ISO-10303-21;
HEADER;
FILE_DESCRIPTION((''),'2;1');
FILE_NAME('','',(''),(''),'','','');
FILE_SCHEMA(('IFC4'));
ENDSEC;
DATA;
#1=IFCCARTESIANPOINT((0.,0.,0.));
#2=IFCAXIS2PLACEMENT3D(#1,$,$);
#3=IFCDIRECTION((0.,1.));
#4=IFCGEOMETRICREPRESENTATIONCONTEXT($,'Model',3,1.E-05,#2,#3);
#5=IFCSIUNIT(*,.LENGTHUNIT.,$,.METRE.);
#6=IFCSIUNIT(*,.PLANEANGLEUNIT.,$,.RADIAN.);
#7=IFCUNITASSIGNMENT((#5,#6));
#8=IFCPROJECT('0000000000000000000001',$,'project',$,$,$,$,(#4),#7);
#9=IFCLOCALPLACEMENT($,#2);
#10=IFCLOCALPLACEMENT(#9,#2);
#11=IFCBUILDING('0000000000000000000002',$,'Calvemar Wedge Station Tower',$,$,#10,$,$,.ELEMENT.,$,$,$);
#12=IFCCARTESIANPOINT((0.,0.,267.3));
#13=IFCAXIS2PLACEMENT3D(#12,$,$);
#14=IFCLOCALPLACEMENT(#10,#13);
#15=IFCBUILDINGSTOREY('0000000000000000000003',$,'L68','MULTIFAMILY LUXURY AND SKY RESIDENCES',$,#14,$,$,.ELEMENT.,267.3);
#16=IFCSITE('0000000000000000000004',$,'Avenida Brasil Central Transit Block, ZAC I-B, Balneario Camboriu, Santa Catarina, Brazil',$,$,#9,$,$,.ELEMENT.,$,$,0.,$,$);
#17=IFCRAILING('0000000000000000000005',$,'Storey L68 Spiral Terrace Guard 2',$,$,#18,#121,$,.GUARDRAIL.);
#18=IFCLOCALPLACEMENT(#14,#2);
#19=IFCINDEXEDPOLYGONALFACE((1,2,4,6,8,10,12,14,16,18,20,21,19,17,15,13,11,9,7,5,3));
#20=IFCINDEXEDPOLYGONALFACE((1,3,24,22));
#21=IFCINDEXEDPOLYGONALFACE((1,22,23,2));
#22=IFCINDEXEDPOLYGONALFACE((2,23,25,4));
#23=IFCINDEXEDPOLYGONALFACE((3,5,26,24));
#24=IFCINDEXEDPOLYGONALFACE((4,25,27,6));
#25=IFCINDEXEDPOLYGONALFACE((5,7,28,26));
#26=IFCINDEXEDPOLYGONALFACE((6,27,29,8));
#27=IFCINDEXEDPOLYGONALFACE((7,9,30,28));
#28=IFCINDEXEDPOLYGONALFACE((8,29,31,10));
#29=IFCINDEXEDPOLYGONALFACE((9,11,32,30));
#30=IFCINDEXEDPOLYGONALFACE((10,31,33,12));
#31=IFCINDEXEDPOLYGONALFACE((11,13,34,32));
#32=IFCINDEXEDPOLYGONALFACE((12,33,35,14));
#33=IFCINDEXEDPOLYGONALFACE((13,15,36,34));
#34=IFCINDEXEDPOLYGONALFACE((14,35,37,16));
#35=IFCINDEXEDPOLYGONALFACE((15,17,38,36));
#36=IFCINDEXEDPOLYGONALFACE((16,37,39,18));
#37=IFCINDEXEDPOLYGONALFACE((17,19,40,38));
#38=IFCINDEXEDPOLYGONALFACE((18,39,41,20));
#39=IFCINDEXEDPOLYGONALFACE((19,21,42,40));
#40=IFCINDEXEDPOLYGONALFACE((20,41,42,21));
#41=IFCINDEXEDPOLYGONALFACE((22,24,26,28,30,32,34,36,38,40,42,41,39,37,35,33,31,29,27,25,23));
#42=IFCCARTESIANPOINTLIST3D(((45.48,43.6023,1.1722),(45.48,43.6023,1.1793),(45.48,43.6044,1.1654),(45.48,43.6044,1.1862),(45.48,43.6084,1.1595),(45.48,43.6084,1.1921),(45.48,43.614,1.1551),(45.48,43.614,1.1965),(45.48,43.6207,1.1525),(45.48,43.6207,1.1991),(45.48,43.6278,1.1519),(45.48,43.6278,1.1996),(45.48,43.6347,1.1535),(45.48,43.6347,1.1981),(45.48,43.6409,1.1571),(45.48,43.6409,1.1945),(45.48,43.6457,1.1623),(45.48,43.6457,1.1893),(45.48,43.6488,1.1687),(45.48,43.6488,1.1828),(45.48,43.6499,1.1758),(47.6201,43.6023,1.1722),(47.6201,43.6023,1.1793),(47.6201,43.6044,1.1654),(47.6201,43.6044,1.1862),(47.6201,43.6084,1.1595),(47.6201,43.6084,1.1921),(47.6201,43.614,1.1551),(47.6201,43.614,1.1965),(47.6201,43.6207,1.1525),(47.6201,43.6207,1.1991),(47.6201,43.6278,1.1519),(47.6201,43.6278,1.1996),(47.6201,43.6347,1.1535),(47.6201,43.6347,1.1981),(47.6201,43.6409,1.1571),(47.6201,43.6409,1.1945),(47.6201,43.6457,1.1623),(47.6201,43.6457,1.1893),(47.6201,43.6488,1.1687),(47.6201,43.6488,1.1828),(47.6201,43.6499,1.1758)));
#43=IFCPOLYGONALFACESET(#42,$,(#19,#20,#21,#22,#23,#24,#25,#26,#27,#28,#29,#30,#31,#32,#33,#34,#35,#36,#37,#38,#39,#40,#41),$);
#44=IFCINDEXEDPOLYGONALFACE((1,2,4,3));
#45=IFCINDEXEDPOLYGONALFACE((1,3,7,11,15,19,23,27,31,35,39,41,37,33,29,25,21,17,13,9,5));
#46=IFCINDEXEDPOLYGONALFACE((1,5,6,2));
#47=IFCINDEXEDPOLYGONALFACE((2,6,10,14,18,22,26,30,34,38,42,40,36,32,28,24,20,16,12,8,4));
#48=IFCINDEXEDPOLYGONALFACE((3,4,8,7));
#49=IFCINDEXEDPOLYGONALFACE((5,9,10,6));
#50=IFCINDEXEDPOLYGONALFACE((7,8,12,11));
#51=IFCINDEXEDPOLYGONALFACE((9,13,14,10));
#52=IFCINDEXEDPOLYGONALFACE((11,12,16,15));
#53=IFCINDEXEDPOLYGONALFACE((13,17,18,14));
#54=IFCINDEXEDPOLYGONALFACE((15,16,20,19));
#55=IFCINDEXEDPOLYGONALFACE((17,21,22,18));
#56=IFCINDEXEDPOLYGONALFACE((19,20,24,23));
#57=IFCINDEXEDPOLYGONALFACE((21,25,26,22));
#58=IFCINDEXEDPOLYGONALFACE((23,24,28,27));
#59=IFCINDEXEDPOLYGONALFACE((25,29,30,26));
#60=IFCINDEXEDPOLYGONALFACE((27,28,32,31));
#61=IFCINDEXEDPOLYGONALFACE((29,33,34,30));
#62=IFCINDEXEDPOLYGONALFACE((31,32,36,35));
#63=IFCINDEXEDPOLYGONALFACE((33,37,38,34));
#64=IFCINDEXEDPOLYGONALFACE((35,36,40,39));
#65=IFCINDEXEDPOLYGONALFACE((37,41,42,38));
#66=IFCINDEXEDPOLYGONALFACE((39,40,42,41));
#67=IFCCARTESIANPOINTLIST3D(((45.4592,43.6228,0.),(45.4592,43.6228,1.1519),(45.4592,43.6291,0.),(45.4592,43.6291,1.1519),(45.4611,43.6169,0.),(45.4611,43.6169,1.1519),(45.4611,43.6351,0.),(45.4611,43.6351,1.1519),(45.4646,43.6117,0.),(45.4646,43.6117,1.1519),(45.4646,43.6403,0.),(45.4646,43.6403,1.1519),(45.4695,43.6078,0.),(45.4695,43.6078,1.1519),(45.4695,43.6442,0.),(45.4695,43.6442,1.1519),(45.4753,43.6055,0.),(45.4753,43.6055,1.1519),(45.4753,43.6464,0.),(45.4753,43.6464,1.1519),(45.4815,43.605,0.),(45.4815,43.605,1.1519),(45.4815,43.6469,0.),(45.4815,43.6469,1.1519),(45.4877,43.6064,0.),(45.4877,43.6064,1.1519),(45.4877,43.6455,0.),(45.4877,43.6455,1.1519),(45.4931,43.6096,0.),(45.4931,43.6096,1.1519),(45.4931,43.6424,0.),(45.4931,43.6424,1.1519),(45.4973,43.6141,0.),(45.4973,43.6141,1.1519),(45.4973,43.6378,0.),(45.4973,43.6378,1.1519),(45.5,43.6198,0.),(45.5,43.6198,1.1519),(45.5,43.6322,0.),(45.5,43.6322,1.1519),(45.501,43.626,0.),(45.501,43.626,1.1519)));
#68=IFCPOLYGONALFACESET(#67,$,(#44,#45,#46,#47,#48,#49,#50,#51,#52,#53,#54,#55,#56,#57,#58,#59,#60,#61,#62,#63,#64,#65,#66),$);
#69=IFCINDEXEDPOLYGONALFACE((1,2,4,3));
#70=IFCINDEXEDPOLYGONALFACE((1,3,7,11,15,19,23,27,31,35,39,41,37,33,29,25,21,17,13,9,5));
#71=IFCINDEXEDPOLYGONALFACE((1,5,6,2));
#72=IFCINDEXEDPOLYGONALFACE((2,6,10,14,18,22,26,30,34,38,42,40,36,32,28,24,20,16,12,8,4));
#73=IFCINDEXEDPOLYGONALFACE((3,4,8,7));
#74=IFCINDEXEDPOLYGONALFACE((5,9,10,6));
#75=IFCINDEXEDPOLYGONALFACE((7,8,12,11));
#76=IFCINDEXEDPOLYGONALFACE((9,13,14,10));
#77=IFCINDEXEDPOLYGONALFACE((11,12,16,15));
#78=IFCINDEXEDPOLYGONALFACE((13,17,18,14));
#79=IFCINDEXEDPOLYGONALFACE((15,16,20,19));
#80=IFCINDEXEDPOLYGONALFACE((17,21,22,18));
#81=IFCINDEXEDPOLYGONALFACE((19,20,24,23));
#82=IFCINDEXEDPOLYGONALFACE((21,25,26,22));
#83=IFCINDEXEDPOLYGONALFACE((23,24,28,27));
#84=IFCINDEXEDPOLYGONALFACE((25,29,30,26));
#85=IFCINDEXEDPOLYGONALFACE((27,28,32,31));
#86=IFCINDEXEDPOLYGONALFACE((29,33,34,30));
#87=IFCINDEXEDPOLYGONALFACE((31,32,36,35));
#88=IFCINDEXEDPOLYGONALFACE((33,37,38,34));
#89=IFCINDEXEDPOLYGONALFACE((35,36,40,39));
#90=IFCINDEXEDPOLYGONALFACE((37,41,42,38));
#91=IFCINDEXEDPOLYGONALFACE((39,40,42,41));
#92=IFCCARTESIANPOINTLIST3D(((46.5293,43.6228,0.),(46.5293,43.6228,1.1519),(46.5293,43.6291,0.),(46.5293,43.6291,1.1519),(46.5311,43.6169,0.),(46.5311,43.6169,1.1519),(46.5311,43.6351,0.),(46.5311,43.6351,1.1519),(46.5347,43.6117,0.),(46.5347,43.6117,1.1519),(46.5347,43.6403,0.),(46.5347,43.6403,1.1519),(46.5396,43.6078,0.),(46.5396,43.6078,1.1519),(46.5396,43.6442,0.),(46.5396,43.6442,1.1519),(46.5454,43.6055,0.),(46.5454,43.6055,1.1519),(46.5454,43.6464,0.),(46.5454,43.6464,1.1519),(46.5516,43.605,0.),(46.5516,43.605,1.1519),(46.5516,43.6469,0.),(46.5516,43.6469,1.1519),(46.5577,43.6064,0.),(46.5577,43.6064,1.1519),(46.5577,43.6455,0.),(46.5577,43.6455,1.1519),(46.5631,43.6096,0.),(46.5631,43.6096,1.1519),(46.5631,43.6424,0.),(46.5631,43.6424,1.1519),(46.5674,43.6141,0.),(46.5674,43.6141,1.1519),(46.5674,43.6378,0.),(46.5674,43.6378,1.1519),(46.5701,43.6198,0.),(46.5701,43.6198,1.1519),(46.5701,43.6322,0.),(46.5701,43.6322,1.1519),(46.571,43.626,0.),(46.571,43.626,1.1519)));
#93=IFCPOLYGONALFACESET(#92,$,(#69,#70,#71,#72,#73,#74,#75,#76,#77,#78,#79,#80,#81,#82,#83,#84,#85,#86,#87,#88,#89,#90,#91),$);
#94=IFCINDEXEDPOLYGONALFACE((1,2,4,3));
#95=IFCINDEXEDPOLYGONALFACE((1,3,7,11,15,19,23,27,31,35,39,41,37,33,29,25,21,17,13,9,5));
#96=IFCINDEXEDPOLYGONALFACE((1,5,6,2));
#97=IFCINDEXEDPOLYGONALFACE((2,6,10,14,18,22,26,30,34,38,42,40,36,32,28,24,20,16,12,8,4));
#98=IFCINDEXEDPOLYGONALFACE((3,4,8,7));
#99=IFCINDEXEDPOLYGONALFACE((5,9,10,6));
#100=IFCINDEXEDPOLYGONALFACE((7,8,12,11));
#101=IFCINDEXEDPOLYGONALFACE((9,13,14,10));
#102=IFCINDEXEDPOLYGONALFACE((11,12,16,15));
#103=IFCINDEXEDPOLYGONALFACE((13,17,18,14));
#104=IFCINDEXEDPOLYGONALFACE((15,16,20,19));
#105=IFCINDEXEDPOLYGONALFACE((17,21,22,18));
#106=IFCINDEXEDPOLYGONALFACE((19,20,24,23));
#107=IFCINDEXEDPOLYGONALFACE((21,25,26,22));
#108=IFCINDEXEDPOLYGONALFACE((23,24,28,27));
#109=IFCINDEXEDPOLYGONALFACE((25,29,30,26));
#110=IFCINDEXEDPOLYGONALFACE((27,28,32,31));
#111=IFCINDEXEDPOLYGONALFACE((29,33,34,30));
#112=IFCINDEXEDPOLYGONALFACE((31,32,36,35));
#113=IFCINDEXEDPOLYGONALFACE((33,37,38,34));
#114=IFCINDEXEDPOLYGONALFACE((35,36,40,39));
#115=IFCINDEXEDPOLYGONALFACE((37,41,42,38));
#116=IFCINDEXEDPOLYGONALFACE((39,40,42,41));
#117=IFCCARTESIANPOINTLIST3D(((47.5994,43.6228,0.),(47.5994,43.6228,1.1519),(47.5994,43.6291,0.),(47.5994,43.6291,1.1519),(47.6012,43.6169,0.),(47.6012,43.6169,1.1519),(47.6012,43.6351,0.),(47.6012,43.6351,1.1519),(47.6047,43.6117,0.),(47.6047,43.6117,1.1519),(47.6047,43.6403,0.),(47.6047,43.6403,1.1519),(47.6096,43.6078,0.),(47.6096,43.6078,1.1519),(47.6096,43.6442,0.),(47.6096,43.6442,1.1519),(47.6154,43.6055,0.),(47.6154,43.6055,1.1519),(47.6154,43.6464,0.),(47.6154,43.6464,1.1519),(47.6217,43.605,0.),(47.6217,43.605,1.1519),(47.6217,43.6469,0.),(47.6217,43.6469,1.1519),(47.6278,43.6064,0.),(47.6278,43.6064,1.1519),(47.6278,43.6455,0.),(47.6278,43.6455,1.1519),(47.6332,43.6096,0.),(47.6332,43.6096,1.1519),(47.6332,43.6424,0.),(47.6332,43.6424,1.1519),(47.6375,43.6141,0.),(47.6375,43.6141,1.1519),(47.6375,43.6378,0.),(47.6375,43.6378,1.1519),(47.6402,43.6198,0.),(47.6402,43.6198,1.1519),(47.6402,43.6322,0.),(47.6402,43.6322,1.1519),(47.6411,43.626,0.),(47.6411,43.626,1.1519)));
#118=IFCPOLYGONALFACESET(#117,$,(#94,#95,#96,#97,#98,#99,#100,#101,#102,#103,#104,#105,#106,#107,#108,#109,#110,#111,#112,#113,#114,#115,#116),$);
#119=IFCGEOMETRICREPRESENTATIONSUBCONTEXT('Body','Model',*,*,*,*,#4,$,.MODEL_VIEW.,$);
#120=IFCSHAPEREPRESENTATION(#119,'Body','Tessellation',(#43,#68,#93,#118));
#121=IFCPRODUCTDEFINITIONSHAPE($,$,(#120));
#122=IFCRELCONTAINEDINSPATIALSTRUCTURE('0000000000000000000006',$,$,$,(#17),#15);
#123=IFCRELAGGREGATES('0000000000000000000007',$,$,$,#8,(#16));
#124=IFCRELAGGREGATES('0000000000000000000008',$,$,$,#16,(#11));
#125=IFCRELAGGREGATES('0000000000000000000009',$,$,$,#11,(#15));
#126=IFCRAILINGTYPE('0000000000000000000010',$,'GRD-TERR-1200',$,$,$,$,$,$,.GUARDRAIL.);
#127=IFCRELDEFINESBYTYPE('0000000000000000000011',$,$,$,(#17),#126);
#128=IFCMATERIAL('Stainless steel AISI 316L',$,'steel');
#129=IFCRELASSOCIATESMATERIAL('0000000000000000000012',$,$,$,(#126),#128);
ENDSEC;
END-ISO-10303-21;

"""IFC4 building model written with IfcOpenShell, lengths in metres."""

from ifc_helpers import new_model, si_unit, direction, frame, origin, origin_2d, place, context, subcontext, project, spatial, circle, extrude, material, type_object, element, save


model = new_model("IFC4")

# Units and contexts
model_context = context("Model", 3, precision=1e-05, world=origin(), true_north=direction((0.0, 1.0)))
body_context = subcontext(model_context, "Body", "Model", "MODEL_VIEW")
ifc_project = project(units=[si_unit("LENGTHUNIT", "METRE"), si_unit("PLANEANGLEUNIT", "RADIAN")], contexts=[model_context])

# Site, building, storey
site_placement = place(None, origin())
site = spatial("IfcSite", under=ifc_project, at=site_placement, Name="Avenida Brasil Central Transit Block, ZAC I-B, Balneario Camboriu, Santa Catarina, Brazil", CompositionType="ELEMENT", RefElevation=0.0)
building_placement = place(site_placement, origin())
building = spatial("IfcBuilding", under=site, at=building_placement, Name="Calvemar Wedge Station Tower", CompositionType="ELEMENT")
storey_placement = place(building_placement, frame((0.0, 0.0, 267.3)))
storey = spatial("IfcBuildingStorey", under=building, at=storey_placement, Name="L68", Description="MULTIFAMILY LUXURY AND SKY RESIDENCES", CompositionType="ELEMENT", Elevation=267.3)

# Railing
ifc_material_1 = material(Name="Stainless steel AISI 316L", Category="steel")
railing_type = type_object("IfcRailingType", Name="GRD-TERR-1200", PredefinedType="GUARDRAIL", material=ifc_material_1)
railing_1_placement = place(storey_placement, frame((45.48, 43.626, 0.0)))
element("IfcRailing", 1, at=railing_1_placement, inside=storey, type_object=railing_type, Name="Storey L68 Spiral Terrace Guard 2", PredefinedType="GUARDRAIL", context=body_context, shape_type="SweptSolid", body=[
    extrude(circle(Radius=0.0239, at=origin_2d()), frame((0.0, 0.0, 1.1758), z_axis=(1.0, 0.0, 0.0), x_axis=(0.0, 1.0, 0.0)), (0.0, 0.0, 1.0), 2.1401),
    extrude(circle(Radius=0.021, at=origin_2d()), origin(), (0.0, 0.0, 1.0), 1.1519),
    extrude(circle(Radius=0.021, at=origin_2d()), frame((1.0701, 0.0, 0.0)), (0.0, 0.0, 1.0), 1.1519),
    extrude(circle(Radius=0.021, at=origin_2d()), frame((2.1401, 0.0, 0.0)), (0.0, 0.0, 1.0), 1.1519),
])

save(model, "model.ifc")
